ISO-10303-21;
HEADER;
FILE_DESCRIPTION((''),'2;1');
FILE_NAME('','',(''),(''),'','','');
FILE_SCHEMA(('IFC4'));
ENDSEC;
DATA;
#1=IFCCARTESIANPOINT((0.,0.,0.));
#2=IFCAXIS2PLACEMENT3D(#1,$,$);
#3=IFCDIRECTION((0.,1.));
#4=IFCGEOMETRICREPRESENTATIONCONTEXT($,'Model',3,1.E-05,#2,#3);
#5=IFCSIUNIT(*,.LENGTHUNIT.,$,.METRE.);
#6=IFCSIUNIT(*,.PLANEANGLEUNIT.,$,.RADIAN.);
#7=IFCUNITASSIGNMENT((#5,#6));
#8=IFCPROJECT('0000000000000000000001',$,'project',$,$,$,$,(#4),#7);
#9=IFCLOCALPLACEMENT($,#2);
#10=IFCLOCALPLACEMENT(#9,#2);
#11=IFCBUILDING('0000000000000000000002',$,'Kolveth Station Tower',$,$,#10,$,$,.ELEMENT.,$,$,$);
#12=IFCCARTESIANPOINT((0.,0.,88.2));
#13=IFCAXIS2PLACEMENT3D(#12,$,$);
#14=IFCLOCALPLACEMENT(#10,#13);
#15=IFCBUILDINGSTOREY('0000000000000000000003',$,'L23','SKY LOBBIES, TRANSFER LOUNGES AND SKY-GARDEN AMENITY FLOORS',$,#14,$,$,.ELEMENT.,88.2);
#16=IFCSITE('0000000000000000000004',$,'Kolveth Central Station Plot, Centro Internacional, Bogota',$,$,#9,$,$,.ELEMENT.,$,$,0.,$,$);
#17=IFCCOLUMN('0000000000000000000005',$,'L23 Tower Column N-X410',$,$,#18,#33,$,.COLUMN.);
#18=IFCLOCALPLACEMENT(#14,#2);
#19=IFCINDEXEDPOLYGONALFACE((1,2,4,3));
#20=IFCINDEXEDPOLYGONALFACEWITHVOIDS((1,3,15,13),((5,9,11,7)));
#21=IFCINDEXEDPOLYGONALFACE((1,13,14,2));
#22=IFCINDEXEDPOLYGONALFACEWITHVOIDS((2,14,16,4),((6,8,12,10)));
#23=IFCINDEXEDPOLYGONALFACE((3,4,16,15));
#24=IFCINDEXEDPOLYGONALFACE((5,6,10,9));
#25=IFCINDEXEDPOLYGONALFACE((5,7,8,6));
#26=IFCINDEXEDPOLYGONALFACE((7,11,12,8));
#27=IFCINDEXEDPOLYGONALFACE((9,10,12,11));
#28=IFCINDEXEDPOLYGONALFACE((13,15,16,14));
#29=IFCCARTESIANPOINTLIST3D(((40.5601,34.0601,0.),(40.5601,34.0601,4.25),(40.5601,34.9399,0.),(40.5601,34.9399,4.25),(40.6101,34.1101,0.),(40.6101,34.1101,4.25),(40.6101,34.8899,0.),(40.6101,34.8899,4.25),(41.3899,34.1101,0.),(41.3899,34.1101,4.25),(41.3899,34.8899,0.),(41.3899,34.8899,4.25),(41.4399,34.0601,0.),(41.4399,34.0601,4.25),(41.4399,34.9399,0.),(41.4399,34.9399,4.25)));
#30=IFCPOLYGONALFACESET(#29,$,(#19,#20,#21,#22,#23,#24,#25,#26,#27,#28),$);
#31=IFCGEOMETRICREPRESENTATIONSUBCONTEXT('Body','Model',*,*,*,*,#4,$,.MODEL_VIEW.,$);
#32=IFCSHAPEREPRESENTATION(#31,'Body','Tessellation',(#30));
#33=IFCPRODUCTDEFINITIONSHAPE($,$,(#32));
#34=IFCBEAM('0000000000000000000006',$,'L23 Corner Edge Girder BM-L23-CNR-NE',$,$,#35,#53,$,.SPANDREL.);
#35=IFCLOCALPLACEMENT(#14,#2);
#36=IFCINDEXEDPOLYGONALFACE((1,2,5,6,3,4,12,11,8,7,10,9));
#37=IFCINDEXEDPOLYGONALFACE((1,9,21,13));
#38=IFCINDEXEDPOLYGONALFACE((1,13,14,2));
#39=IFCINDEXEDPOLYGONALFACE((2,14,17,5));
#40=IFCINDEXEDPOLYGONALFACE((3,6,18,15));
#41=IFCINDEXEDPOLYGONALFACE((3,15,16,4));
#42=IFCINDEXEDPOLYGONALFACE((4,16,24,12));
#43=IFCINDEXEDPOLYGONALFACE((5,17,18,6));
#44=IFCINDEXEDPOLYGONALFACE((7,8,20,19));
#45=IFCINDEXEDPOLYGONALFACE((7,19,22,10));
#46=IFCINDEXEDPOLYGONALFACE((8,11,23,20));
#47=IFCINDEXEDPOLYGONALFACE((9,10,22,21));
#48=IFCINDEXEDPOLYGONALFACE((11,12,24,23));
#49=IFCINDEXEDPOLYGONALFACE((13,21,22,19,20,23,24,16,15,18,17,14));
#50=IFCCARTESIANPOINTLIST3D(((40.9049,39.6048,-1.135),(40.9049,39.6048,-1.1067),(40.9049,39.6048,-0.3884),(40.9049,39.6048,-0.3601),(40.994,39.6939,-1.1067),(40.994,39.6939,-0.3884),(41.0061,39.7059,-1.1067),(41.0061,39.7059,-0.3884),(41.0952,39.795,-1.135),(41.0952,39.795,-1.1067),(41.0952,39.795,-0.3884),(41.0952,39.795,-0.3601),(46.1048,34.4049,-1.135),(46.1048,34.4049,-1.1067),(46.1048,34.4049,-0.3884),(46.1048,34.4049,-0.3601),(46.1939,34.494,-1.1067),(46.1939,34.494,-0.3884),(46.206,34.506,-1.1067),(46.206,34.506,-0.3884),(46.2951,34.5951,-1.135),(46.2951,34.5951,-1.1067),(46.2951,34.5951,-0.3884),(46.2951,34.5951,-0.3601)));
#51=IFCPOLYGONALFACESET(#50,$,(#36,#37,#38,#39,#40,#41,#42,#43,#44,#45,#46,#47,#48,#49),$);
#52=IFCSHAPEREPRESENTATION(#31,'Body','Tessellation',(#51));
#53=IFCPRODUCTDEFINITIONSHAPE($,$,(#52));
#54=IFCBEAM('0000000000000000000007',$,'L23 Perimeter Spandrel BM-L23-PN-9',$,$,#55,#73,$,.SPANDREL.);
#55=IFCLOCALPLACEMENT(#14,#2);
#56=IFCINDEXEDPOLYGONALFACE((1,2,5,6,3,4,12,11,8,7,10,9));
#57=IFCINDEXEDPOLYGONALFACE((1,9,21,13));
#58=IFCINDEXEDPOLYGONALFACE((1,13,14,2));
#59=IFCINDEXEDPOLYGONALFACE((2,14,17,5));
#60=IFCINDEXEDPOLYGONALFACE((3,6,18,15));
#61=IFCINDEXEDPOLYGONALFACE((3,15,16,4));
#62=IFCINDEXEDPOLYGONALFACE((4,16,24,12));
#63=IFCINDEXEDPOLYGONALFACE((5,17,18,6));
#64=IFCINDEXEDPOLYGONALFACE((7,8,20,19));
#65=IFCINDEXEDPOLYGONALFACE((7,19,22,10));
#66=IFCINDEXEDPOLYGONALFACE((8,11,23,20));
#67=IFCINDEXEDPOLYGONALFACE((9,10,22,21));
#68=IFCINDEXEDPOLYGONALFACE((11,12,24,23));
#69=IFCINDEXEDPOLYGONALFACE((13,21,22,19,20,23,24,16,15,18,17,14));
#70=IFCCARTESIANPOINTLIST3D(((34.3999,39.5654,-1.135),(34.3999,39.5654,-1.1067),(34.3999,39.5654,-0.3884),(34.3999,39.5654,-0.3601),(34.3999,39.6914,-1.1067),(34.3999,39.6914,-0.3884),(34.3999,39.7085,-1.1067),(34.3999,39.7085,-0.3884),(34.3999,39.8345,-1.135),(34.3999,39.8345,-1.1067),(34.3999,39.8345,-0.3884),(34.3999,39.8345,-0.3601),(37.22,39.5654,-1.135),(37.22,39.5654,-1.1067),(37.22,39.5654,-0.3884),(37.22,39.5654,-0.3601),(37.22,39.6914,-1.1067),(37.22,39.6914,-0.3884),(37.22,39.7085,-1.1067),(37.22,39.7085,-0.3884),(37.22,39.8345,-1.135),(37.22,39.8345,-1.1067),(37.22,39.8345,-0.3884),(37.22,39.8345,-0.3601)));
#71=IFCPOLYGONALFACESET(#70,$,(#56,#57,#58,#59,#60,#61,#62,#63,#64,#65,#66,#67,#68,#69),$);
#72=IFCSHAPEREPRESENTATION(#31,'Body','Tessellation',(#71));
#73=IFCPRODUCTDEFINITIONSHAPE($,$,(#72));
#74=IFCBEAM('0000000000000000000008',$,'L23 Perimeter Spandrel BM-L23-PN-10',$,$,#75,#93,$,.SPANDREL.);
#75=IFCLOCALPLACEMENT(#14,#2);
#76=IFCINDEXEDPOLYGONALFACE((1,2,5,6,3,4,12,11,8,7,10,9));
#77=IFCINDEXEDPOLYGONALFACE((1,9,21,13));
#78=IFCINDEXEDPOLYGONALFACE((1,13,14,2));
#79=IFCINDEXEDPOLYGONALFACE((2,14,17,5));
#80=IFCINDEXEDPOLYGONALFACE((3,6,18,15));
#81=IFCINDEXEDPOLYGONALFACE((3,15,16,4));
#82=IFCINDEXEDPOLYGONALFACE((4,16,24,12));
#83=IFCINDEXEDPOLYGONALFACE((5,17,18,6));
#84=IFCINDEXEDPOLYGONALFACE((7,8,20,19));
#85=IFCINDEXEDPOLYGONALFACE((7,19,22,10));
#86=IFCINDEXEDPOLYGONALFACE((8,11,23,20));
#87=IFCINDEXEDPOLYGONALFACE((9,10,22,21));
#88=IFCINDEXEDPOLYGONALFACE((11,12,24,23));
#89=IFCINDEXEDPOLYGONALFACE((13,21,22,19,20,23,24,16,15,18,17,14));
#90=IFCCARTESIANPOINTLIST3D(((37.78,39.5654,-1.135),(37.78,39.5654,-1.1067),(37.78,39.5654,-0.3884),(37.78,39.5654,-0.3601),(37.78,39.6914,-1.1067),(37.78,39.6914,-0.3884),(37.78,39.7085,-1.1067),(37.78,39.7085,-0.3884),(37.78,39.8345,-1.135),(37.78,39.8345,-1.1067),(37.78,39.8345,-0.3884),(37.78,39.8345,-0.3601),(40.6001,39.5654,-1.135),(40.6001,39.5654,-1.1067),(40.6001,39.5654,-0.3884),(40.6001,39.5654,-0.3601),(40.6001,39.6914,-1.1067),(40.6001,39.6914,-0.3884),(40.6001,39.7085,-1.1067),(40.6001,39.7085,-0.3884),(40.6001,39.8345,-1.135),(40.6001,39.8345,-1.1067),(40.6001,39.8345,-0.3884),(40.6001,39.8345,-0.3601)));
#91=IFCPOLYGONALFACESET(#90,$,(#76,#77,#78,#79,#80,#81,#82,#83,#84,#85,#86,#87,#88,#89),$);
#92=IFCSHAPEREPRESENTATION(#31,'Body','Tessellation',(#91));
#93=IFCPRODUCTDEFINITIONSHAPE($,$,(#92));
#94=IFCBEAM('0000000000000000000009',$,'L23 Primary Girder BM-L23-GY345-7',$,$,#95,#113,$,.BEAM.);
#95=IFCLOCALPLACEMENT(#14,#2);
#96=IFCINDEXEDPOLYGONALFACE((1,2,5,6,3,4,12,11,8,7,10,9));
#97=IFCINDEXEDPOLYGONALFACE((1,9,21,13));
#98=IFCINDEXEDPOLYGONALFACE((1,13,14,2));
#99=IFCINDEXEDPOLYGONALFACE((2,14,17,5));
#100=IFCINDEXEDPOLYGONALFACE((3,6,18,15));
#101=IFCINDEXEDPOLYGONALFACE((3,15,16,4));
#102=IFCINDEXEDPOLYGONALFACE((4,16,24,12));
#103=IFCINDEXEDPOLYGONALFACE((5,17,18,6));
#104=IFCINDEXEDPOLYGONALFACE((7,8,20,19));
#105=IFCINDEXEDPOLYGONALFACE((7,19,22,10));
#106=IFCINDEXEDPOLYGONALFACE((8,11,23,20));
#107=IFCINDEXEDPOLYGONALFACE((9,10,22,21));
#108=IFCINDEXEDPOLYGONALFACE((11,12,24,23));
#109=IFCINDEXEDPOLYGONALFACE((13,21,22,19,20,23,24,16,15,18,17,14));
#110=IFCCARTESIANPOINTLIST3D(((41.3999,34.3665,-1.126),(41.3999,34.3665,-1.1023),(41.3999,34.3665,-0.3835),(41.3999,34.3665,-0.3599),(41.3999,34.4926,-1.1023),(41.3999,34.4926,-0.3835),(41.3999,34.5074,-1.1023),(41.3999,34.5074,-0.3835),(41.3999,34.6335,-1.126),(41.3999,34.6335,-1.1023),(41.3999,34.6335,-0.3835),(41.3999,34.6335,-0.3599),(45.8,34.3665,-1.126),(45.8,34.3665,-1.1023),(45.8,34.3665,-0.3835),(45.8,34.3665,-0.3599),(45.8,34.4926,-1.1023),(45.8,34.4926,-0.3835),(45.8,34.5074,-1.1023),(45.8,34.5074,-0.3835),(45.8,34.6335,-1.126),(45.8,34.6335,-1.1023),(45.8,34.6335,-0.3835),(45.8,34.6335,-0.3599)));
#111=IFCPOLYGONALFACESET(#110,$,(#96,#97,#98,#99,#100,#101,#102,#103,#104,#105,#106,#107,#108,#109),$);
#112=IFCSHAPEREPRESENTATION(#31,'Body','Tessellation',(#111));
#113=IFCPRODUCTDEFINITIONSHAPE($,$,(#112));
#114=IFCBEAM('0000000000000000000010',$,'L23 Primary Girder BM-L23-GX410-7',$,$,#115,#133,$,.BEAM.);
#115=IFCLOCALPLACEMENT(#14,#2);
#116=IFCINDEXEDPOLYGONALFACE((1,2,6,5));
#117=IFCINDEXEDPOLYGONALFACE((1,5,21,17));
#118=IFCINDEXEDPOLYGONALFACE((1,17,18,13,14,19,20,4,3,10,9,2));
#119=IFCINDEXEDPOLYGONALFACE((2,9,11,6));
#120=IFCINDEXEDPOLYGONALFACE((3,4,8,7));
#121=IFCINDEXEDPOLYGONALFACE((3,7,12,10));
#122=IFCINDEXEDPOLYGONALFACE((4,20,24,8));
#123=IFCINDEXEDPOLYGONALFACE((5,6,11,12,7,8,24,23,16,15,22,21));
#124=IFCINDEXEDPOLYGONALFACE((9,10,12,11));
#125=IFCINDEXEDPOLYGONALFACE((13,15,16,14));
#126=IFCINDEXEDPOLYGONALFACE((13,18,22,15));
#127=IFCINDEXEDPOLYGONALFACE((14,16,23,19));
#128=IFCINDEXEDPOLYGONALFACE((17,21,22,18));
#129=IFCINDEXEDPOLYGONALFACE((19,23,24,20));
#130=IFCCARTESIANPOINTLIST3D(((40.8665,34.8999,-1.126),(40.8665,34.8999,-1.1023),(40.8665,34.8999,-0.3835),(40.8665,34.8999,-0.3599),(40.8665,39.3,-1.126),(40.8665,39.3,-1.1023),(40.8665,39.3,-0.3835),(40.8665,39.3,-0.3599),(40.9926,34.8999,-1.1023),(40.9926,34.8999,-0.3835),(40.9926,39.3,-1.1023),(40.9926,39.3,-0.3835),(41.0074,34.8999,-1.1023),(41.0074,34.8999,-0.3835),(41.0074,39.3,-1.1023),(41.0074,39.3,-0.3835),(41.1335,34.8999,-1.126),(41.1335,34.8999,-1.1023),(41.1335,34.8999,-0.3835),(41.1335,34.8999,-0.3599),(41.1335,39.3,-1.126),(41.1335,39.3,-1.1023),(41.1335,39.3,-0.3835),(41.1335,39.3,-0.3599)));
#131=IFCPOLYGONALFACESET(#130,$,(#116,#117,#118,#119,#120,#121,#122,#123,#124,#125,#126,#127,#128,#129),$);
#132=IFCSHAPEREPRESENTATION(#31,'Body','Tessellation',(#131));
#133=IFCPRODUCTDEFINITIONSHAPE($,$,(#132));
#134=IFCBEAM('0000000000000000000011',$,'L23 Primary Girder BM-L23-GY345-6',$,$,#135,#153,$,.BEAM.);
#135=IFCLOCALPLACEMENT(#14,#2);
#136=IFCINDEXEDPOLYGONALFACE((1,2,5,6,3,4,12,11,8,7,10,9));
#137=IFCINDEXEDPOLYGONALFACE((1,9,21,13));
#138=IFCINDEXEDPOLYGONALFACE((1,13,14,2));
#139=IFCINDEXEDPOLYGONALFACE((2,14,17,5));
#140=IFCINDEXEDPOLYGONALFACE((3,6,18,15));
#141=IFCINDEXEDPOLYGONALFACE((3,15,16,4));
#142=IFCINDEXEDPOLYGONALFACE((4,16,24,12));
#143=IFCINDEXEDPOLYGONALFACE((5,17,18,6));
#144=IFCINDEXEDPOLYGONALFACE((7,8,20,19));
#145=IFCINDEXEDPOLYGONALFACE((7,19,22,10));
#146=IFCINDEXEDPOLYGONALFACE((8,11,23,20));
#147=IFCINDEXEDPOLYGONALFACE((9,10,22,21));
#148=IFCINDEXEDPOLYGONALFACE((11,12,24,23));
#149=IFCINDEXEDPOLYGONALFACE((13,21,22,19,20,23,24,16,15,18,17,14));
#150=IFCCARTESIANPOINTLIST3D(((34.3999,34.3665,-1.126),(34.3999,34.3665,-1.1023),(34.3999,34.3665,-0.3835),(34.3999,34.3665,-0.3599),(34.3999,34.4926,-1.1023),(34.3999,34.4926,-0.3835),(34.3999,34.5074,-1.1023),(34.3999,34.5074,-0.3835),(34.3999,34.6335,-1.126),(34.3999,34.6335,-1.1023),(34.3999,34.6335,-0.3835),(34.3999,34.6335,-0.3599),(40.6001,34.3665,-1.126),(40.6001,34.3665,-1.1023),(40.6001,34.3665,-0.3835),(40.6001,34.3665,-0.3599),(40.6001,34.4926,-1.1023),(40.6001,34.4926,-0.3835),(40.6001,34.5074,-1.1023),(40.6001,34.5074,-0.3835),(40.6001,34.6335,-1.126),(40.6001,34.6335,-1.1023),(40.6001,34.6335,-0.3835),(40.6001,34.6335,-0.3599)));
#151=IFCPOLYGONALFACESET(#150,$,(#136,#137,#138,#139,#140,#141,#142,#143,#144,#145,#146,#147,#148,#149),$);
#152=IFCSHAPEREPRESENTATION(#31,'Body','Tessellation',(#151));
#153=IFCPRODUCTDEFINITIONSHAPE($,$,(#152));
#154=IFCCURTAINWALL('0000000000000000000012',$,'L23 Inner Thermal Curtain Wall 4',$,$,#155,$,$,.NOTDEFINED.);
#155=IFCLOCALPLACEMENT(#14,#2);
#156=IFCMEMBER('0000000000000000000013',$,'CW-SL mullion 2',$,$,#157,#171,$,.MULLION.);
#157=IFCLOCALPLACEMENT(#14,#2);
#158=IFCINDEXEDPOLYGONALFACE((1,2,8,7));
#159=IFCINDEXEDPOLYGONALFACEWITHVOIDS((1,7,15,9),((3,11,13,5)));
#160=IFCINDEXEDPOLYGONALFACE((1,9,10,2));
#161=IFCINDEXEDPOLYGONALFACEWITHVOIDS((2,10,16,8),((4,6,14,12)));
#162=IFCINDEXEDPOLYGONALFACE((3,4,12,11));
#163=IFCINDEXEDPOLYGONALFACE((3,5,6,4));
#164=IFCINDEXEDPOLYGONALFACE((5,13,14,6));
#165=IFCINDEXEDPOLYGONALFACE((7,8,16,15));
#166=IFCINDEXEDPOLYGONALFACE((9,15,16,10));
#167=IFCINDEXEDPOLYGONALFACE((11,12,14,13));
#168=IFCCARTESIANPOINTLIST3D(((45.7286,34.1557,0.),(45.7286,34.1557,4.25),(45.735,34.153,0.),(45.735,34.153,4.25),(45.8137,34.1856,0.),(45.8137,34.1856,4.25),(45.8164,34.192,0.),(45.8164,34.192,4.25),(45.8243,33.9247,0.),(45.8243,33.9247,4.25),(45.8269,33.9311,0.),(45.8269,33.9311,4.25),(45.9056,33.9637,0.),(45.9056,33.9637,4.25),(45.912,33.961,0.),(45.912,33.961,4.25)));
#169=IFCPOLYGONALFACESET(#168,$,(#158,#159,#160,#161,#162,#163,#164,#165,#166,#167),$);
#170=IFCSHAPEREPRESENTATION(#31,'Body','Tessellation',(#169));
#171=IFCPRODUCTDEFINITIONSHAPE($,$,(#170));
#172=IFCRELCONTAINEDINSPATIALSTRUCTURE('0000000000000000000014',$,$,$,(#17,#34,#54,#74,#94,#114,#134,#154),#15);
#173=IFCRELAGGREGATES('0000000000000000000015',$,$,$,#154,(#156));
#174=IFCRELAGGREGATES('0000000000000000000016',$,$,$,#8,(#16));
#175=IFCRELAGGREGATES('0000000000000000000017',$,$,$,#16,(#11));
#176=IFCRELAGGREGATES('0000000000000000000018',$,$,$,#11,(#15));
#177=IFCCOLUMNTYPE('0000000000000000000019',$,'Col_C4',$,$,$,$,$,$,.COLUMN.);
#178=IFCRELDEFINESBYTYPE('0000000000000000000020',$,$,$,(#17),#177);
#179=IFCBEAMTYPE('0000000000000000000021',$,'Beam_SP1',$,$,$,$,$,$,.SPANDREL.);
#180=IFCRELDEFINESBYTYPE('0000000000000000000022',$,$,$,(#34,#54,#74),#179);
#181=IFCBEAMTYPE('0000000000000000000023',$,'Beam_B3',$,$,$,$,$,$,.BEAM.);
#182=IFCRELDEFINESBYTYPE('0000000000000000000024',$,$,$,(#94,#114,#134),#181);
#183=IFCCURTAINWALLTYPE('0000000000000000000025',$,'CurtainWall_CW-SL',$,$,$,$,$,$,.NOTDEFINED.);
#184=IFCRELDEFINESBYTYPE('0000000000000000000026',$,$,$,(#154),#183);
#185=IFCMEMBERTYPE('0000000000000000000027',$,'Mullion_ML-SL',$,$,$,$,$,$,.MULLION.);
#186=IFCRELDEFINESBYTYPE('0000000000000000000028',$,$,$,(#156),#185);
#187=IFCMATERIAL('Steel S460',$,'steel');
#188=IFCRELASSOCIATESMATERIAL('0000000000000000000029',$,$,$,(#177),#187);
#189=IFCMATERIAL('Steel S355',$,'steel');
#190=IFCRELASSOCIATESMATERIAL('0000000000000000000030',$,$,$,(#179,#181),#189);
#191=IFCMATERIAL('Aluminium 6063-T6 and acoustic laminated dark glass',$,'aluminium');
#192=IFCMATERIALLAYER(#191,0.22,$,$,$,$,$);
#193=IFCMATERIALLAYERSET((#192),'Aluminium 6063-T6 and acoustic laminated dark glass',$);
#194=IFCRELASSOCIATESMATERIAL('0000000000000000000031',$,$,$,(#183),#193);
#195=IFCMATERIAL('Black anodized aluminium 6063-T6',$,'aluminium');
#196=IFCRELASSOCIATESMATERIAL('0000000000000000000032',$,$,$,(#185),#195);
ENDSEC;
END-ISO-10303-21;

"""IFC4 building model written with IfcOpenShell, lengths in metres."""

from ifc_helpers import new_model, si_unit, direction, frame, origin, origin_2d, place, context, subcontext, project, spatial, hollow_rectangle, i_section, extrude, source, transform, mapped, material, layer, layer_set, material_profile, profile_set, type_object, element, aggregate, save


model = new_model("IFC4")

# Units and contexts
model_context = context("Model", 3, precision=1e-05, world=origin(), true_north=direction((0.0, 1.0)))
body_context = subcontext(model_context, "Body", "Model", "MODEL_VIEW")
ifc_project = project(units=[si_unit("LENGTHUNIT", "METRE"), si_unit("PLANEANGLEUNIT", "RADIAN")], contexts=[model_context])

# Site, building, storey
site_placement = place(None, origin())
site = spatial("IfcSite", under=ifc_project, at=site_placement, Name="Kolveth Central Station Plot, Centro Internacional, Bogota", CompositionType="ELEMENT", RefElevation=0.0)
building_placement = place(site_placement, origin())
building = spatial("IfcBuilding", under=site, at=building_placement, Name="Kolveth Station Tower", CompositionType="ELEMENT")
storey_placement = place(building_placement, frame((0.0, 0.0, 88.2)))
storey = spatial("IfcBuildingStorey", under=building, at=storey_placement, Name="L23", Description="SKY LOBBIES, TRANSFER LOUNGES AND SKY-GARDEN AMENITY FLOORS", CompositionType="ELEMENT", Elevation=88.2)

# Column
ifc_material_1 = material(Name="Steel S460", Category="steel")
ifc_material_profile_1 = material_profile(ifc_material_1, hollow_rectangle(XDim=0.8799, YDim=0.8799, WallThickness=0.05, at=origin_2d()), Name="BOX880x880x50")
ifc_profile_set_1 = profile_set([ifc_material_profile_1], Name="Steel S460")
column_type = type_object("IfcColumnType", Name="Col_C4", PredefinedType="COLUMN", material=ifc_profile_set_1)
shared_shape_1 = source(origin(), body_context, "Body", "SweptSolid", [
    extrude(hollow_rectangle(XDim=0.8799, YDim=0.8799, WallThickness=0.05, at=origin_2d()), origin(), (0.0, 0.0, 1.0), 4.25),
])
column_placement = place(storey_placement, frame((41.0, 34.5, 0.0), z_axis=(0.0, 0.0, 1.0), x_axis=(1.0, 0.0, 0.0)))
element("IfcColumn", 1, at=column_placement, inside=storey, type_object=column_type, Name="L23 Tower Column N-X410", PredefinedType="COLUMN", context=body_context, shape_type="MappedRepresentation", body=[
    mapped(shared_shape_1, transform((0.0, 0.0, 0.0), x_axis=(1.0, 0.0, 0.0), y_axis=(0.0, 1.0, 0.0), z_axis=(0.0, 0.0, 1.0), scale=1.0)),
])

# Beams
ifc_material_2 = material(Name="Steel S355", Category="steel")
ifc_material_profile_2 = material_profile(ifc_material_2, i_section(OverallWidth=0.269, OverallDepth=0.7749, WebThickness=0.0171, FlangeThickness=0.0283, at=origin_2d()), Name="W760x220")
ifc_profile_set_2 = profile_set([ifc_material_profile_2], Name="Steel S355")
beam_type_1 = type_object("IfcBeamType", Name="Beam_SP1", PredefinedType="SPANDREL", material=ifc_profile_set_2)
shared_shape_2 = source(origin(), body_context, "Body", "SweptSolid", [
    extrude(i_section(OverallWidth=0.269, OverallDepth=0.7749, WebThickness=0.0171, FlangeThickness=0.0283, at=origin_2d()), origin(), (0.0, 0.0, 1.0), 7.3538),
])
beam_1_placement = place(storey_placement, frame((46.2, 34.5, -0.7476), z_axis=(-0.707107, 0.707107, 0.0), x_axis=(-0.707107, -0.707107, 0.0)))
element("IfcBeam", 2, at=beam_1_placement, inside=storey, type_object=beam_type_1, Name="L23 Corner Edge Girder BM-L23-CNR-NE", PredefinedType="SPANDREL", context=body_context, shape_type="MappedRepresentation", body=[
    mapped(shared_shape_2, transform((0.0, 0.0, 0.0), x_axis=(1.0, 0.0, 0.0), y_axis=(0.0, 1.0, 0.0), z_axis=(0.0, 0.0, 1.0), scale=1.0)),
])
shared_shape_3 = source(origin(), body_context, "Body", "SweptSolid", [
    extrude(i_section(OverallWidth=0.269, OverallDepth=0.7749, WebThickness=0.0171, FlangeThickness=0.0283, at=origin_2d()), origin(), (0.0, 0.0, 1.0), 2.8201),
])
for number, where, z_axis, x_axis, name in (
    (3, (34.3999, 39.7, -0.7476), (1.0, 0.0, 0.0), (0.0, 1.0, 0.0), "L23 Perimeter Spandrel BM-L23-PN-9"),
    (4, (37.78, 39.7, -0.7476), (1.0, 0.0, 0.0), (0.0, 1.0, 0.0), "L23 Perimeter Spandrel BM-L23-PN-10"),
):
    element("IfcBeam", number, at=place(storey_placement, frame(where, z_axis=z_axis, x_axis=x_axis)), inside=storey, type_object=beam_type_1, Name=name, PredefinedType="SPANDREL", context=body_context, shape_type="MappedRepresentation", body=[
        mapped(shared_shape_3, transform((0.0, 0.0, 0.0), x_axis=(1.0, 0.0, 0.0), y_axis=(0.0, 1.0, 0.0), z_axis=(0.0, 0.0, 1.0), scale=1.0)),
    ])
ifc_material_profile_3 = material_profile(ifc_material_2, i_section(OverallWidth=0.2671, OverallDepth=0.7661, WebThickness=0.0149, FlangeThickness=0.0237, at=origin_2d()), Name="W760x185")
ifc_profile_set_3 = profile_set([ifc_material_profile_3], Name="Steel S355")
beam_type_2 = type_object("IfcBeamType", Name="Beam_B3", PredefinedType="BEAM", material=ifc_profile_set_3)
shared_shape_4 = source(origin(), body_context, "Body", "SweptSolid", [
    extrude(i_section(OverallWidth=0.2671, OverallDepth=0.7661, WebThickness=0.0149, FlangeThickness=0.0237, at=origin_2d()), origin(), (0.0, 0.0, 1.0), 4.4001),
])
for number, where, z_axis, x_axis, name in (
    (5, (41.3999, 34.5, -0.7429), (1.0, 0.0, 0.0), (0.0, 1.0, 0.0), "L23 Primary Girder BM-L23-GY345-7"),
    (6, (41.0, 34.8999, -0.7429), (0.0, 1.0, 0.0), (-1.0, 0.0, 0.0), "L23 Primary Girder BM-L23-GX410-7"),
):
    element("IfcBeam", number, at=place(storey_placement, frame(where, z_axis=z_axis, x_axis=x_axis)), inside=storey, type_object=beam_type_2, Name=name, PredefinedType="BEAM", context=body_context, shape_type="MappedRepresentation", body=[
        mapped(shared_shape_4, transform((0.0, 0.0, 0.0), x_axis=(1.0, 0.0, 0.0), y_axis=(0.0, 1.0, 0.0), z_axis=(0.0, 0.0, 1.0), scale=1.0)),
    ])
shared_shape_5 = source(origin(), body_context, "Body", "SweptSolid", [
    extrude(i_section(OverallWidth=0.2671, OverallDepth=0.7661, WebThickness=0.0149, FlangeThickness=0.0237, at=origin_2d()), origin(), (0.0, 0.0, 1.0), 6.2002),
])
beam_2_placement = place(storey_placement, frame((34.3999, 34.5, -0.7429), z_axis=(1.0, 0.0, 0.0), x_axis=(0.0, 1.0, 0.0)))
element("IfcBeam", 7, at=beam_2_placement, inside=storey, type_object=beam_type_2, Name="L23 Primary Girder BM-L23-GY345-6", PredefinedType="BEAM", context=body_context, shape_type="MappedRepresentation", body=[
    mapped(shared_shape_5, transform((0.0, 0.0, 0.0), x_axis=(1.0, 0.0, 0.0), y_axis=(0.0, 1.0, 0.0), z_axis=(0.0, 0.0, 1.0), scale=1.0)),
])

# Curtain wall, member
ifc_material_3 = material(Name="Aluminium 6063-T6 and acoustic laminated dark glass", Category="aluminium")
ifc_layer_1 = layer(ifc_material_3, 0.22)
ifc_layer_set_1 = layer_set([ifc_layer_1], Name="Aluminium 6063-T6 and acoustic laminated dark glass")
curtain_wall_type_1 = type_object("IfcCurtainWallType", Name="CurtainWall_CW-SL", PredefinedType="NOTDEFINED", material=ifc_layer_set_1)
curtain_wall_1_placement = place(storey_placement, origin())
curtain_wall_1 = element("IfcCurtainWall", 8, at=curtain_wall_1_placement, inside=storey, type_object=curtain_wall_type_1, Name="L23 Inner Thermal Curtain Wall 4", PredefinedType="NOTDEFINED")
ifc_material_4 = material(Name="Black anodized aluminium 6063-T6", Category="aluminium")
ifc_material_profile_4 = material_profile(ifc_material_4, hollow_rectangle(XDim=0.095, YDim=0.25, WallThickness=0.0049, at=origin_2d()), Name="ALU-95x250x5")
ifc_profile_set_4 = profile_set([ifc_material_profile_4], Name="Black anodized aluminium 6063-T6")
member_type_1 = type_object("IfcMemberType", Name="Mullion_ML-SL", PredefinedType="MULLION", material=ifc_profile_set_4)
shared_shape_6 = source(origin(), body_context, "Body", "SweptSolid", [
    extrude(hollow_rectangle(XDim=0.095, YDim=0.25, WallThickness=0.0049, at=origin_2d()), origin(), (0.0, 0.0, 1.0), 4.25),
])
member_1_placement = place(storey_placement, frame((45.8203, 34.0583, 0.0), z_axis=(0.0, 0.0, 1.0), x_axis=(-0.923888, -0.382663, 0.0)))
member_1 = element("IfcMember", 9, at=member_1_placement, type_object=member_type_1, Name="CW-SL mullion 2", PredefinedType="MULLION", context=body_context, shape_type="MappedRepresentation", body=[
    mapped(shared_shape_6, transform((0.0, 0.0, 0.0), x_axis=(1.0, 0.0, 0.0), y_axis=(0.0, 1.0, 0.0), z_axis=(0.0, 0.0, 1.0), scale=1.0)),
])

aggregate(curtain_wall_1, [member_1])

save(model, "model.ifc")
